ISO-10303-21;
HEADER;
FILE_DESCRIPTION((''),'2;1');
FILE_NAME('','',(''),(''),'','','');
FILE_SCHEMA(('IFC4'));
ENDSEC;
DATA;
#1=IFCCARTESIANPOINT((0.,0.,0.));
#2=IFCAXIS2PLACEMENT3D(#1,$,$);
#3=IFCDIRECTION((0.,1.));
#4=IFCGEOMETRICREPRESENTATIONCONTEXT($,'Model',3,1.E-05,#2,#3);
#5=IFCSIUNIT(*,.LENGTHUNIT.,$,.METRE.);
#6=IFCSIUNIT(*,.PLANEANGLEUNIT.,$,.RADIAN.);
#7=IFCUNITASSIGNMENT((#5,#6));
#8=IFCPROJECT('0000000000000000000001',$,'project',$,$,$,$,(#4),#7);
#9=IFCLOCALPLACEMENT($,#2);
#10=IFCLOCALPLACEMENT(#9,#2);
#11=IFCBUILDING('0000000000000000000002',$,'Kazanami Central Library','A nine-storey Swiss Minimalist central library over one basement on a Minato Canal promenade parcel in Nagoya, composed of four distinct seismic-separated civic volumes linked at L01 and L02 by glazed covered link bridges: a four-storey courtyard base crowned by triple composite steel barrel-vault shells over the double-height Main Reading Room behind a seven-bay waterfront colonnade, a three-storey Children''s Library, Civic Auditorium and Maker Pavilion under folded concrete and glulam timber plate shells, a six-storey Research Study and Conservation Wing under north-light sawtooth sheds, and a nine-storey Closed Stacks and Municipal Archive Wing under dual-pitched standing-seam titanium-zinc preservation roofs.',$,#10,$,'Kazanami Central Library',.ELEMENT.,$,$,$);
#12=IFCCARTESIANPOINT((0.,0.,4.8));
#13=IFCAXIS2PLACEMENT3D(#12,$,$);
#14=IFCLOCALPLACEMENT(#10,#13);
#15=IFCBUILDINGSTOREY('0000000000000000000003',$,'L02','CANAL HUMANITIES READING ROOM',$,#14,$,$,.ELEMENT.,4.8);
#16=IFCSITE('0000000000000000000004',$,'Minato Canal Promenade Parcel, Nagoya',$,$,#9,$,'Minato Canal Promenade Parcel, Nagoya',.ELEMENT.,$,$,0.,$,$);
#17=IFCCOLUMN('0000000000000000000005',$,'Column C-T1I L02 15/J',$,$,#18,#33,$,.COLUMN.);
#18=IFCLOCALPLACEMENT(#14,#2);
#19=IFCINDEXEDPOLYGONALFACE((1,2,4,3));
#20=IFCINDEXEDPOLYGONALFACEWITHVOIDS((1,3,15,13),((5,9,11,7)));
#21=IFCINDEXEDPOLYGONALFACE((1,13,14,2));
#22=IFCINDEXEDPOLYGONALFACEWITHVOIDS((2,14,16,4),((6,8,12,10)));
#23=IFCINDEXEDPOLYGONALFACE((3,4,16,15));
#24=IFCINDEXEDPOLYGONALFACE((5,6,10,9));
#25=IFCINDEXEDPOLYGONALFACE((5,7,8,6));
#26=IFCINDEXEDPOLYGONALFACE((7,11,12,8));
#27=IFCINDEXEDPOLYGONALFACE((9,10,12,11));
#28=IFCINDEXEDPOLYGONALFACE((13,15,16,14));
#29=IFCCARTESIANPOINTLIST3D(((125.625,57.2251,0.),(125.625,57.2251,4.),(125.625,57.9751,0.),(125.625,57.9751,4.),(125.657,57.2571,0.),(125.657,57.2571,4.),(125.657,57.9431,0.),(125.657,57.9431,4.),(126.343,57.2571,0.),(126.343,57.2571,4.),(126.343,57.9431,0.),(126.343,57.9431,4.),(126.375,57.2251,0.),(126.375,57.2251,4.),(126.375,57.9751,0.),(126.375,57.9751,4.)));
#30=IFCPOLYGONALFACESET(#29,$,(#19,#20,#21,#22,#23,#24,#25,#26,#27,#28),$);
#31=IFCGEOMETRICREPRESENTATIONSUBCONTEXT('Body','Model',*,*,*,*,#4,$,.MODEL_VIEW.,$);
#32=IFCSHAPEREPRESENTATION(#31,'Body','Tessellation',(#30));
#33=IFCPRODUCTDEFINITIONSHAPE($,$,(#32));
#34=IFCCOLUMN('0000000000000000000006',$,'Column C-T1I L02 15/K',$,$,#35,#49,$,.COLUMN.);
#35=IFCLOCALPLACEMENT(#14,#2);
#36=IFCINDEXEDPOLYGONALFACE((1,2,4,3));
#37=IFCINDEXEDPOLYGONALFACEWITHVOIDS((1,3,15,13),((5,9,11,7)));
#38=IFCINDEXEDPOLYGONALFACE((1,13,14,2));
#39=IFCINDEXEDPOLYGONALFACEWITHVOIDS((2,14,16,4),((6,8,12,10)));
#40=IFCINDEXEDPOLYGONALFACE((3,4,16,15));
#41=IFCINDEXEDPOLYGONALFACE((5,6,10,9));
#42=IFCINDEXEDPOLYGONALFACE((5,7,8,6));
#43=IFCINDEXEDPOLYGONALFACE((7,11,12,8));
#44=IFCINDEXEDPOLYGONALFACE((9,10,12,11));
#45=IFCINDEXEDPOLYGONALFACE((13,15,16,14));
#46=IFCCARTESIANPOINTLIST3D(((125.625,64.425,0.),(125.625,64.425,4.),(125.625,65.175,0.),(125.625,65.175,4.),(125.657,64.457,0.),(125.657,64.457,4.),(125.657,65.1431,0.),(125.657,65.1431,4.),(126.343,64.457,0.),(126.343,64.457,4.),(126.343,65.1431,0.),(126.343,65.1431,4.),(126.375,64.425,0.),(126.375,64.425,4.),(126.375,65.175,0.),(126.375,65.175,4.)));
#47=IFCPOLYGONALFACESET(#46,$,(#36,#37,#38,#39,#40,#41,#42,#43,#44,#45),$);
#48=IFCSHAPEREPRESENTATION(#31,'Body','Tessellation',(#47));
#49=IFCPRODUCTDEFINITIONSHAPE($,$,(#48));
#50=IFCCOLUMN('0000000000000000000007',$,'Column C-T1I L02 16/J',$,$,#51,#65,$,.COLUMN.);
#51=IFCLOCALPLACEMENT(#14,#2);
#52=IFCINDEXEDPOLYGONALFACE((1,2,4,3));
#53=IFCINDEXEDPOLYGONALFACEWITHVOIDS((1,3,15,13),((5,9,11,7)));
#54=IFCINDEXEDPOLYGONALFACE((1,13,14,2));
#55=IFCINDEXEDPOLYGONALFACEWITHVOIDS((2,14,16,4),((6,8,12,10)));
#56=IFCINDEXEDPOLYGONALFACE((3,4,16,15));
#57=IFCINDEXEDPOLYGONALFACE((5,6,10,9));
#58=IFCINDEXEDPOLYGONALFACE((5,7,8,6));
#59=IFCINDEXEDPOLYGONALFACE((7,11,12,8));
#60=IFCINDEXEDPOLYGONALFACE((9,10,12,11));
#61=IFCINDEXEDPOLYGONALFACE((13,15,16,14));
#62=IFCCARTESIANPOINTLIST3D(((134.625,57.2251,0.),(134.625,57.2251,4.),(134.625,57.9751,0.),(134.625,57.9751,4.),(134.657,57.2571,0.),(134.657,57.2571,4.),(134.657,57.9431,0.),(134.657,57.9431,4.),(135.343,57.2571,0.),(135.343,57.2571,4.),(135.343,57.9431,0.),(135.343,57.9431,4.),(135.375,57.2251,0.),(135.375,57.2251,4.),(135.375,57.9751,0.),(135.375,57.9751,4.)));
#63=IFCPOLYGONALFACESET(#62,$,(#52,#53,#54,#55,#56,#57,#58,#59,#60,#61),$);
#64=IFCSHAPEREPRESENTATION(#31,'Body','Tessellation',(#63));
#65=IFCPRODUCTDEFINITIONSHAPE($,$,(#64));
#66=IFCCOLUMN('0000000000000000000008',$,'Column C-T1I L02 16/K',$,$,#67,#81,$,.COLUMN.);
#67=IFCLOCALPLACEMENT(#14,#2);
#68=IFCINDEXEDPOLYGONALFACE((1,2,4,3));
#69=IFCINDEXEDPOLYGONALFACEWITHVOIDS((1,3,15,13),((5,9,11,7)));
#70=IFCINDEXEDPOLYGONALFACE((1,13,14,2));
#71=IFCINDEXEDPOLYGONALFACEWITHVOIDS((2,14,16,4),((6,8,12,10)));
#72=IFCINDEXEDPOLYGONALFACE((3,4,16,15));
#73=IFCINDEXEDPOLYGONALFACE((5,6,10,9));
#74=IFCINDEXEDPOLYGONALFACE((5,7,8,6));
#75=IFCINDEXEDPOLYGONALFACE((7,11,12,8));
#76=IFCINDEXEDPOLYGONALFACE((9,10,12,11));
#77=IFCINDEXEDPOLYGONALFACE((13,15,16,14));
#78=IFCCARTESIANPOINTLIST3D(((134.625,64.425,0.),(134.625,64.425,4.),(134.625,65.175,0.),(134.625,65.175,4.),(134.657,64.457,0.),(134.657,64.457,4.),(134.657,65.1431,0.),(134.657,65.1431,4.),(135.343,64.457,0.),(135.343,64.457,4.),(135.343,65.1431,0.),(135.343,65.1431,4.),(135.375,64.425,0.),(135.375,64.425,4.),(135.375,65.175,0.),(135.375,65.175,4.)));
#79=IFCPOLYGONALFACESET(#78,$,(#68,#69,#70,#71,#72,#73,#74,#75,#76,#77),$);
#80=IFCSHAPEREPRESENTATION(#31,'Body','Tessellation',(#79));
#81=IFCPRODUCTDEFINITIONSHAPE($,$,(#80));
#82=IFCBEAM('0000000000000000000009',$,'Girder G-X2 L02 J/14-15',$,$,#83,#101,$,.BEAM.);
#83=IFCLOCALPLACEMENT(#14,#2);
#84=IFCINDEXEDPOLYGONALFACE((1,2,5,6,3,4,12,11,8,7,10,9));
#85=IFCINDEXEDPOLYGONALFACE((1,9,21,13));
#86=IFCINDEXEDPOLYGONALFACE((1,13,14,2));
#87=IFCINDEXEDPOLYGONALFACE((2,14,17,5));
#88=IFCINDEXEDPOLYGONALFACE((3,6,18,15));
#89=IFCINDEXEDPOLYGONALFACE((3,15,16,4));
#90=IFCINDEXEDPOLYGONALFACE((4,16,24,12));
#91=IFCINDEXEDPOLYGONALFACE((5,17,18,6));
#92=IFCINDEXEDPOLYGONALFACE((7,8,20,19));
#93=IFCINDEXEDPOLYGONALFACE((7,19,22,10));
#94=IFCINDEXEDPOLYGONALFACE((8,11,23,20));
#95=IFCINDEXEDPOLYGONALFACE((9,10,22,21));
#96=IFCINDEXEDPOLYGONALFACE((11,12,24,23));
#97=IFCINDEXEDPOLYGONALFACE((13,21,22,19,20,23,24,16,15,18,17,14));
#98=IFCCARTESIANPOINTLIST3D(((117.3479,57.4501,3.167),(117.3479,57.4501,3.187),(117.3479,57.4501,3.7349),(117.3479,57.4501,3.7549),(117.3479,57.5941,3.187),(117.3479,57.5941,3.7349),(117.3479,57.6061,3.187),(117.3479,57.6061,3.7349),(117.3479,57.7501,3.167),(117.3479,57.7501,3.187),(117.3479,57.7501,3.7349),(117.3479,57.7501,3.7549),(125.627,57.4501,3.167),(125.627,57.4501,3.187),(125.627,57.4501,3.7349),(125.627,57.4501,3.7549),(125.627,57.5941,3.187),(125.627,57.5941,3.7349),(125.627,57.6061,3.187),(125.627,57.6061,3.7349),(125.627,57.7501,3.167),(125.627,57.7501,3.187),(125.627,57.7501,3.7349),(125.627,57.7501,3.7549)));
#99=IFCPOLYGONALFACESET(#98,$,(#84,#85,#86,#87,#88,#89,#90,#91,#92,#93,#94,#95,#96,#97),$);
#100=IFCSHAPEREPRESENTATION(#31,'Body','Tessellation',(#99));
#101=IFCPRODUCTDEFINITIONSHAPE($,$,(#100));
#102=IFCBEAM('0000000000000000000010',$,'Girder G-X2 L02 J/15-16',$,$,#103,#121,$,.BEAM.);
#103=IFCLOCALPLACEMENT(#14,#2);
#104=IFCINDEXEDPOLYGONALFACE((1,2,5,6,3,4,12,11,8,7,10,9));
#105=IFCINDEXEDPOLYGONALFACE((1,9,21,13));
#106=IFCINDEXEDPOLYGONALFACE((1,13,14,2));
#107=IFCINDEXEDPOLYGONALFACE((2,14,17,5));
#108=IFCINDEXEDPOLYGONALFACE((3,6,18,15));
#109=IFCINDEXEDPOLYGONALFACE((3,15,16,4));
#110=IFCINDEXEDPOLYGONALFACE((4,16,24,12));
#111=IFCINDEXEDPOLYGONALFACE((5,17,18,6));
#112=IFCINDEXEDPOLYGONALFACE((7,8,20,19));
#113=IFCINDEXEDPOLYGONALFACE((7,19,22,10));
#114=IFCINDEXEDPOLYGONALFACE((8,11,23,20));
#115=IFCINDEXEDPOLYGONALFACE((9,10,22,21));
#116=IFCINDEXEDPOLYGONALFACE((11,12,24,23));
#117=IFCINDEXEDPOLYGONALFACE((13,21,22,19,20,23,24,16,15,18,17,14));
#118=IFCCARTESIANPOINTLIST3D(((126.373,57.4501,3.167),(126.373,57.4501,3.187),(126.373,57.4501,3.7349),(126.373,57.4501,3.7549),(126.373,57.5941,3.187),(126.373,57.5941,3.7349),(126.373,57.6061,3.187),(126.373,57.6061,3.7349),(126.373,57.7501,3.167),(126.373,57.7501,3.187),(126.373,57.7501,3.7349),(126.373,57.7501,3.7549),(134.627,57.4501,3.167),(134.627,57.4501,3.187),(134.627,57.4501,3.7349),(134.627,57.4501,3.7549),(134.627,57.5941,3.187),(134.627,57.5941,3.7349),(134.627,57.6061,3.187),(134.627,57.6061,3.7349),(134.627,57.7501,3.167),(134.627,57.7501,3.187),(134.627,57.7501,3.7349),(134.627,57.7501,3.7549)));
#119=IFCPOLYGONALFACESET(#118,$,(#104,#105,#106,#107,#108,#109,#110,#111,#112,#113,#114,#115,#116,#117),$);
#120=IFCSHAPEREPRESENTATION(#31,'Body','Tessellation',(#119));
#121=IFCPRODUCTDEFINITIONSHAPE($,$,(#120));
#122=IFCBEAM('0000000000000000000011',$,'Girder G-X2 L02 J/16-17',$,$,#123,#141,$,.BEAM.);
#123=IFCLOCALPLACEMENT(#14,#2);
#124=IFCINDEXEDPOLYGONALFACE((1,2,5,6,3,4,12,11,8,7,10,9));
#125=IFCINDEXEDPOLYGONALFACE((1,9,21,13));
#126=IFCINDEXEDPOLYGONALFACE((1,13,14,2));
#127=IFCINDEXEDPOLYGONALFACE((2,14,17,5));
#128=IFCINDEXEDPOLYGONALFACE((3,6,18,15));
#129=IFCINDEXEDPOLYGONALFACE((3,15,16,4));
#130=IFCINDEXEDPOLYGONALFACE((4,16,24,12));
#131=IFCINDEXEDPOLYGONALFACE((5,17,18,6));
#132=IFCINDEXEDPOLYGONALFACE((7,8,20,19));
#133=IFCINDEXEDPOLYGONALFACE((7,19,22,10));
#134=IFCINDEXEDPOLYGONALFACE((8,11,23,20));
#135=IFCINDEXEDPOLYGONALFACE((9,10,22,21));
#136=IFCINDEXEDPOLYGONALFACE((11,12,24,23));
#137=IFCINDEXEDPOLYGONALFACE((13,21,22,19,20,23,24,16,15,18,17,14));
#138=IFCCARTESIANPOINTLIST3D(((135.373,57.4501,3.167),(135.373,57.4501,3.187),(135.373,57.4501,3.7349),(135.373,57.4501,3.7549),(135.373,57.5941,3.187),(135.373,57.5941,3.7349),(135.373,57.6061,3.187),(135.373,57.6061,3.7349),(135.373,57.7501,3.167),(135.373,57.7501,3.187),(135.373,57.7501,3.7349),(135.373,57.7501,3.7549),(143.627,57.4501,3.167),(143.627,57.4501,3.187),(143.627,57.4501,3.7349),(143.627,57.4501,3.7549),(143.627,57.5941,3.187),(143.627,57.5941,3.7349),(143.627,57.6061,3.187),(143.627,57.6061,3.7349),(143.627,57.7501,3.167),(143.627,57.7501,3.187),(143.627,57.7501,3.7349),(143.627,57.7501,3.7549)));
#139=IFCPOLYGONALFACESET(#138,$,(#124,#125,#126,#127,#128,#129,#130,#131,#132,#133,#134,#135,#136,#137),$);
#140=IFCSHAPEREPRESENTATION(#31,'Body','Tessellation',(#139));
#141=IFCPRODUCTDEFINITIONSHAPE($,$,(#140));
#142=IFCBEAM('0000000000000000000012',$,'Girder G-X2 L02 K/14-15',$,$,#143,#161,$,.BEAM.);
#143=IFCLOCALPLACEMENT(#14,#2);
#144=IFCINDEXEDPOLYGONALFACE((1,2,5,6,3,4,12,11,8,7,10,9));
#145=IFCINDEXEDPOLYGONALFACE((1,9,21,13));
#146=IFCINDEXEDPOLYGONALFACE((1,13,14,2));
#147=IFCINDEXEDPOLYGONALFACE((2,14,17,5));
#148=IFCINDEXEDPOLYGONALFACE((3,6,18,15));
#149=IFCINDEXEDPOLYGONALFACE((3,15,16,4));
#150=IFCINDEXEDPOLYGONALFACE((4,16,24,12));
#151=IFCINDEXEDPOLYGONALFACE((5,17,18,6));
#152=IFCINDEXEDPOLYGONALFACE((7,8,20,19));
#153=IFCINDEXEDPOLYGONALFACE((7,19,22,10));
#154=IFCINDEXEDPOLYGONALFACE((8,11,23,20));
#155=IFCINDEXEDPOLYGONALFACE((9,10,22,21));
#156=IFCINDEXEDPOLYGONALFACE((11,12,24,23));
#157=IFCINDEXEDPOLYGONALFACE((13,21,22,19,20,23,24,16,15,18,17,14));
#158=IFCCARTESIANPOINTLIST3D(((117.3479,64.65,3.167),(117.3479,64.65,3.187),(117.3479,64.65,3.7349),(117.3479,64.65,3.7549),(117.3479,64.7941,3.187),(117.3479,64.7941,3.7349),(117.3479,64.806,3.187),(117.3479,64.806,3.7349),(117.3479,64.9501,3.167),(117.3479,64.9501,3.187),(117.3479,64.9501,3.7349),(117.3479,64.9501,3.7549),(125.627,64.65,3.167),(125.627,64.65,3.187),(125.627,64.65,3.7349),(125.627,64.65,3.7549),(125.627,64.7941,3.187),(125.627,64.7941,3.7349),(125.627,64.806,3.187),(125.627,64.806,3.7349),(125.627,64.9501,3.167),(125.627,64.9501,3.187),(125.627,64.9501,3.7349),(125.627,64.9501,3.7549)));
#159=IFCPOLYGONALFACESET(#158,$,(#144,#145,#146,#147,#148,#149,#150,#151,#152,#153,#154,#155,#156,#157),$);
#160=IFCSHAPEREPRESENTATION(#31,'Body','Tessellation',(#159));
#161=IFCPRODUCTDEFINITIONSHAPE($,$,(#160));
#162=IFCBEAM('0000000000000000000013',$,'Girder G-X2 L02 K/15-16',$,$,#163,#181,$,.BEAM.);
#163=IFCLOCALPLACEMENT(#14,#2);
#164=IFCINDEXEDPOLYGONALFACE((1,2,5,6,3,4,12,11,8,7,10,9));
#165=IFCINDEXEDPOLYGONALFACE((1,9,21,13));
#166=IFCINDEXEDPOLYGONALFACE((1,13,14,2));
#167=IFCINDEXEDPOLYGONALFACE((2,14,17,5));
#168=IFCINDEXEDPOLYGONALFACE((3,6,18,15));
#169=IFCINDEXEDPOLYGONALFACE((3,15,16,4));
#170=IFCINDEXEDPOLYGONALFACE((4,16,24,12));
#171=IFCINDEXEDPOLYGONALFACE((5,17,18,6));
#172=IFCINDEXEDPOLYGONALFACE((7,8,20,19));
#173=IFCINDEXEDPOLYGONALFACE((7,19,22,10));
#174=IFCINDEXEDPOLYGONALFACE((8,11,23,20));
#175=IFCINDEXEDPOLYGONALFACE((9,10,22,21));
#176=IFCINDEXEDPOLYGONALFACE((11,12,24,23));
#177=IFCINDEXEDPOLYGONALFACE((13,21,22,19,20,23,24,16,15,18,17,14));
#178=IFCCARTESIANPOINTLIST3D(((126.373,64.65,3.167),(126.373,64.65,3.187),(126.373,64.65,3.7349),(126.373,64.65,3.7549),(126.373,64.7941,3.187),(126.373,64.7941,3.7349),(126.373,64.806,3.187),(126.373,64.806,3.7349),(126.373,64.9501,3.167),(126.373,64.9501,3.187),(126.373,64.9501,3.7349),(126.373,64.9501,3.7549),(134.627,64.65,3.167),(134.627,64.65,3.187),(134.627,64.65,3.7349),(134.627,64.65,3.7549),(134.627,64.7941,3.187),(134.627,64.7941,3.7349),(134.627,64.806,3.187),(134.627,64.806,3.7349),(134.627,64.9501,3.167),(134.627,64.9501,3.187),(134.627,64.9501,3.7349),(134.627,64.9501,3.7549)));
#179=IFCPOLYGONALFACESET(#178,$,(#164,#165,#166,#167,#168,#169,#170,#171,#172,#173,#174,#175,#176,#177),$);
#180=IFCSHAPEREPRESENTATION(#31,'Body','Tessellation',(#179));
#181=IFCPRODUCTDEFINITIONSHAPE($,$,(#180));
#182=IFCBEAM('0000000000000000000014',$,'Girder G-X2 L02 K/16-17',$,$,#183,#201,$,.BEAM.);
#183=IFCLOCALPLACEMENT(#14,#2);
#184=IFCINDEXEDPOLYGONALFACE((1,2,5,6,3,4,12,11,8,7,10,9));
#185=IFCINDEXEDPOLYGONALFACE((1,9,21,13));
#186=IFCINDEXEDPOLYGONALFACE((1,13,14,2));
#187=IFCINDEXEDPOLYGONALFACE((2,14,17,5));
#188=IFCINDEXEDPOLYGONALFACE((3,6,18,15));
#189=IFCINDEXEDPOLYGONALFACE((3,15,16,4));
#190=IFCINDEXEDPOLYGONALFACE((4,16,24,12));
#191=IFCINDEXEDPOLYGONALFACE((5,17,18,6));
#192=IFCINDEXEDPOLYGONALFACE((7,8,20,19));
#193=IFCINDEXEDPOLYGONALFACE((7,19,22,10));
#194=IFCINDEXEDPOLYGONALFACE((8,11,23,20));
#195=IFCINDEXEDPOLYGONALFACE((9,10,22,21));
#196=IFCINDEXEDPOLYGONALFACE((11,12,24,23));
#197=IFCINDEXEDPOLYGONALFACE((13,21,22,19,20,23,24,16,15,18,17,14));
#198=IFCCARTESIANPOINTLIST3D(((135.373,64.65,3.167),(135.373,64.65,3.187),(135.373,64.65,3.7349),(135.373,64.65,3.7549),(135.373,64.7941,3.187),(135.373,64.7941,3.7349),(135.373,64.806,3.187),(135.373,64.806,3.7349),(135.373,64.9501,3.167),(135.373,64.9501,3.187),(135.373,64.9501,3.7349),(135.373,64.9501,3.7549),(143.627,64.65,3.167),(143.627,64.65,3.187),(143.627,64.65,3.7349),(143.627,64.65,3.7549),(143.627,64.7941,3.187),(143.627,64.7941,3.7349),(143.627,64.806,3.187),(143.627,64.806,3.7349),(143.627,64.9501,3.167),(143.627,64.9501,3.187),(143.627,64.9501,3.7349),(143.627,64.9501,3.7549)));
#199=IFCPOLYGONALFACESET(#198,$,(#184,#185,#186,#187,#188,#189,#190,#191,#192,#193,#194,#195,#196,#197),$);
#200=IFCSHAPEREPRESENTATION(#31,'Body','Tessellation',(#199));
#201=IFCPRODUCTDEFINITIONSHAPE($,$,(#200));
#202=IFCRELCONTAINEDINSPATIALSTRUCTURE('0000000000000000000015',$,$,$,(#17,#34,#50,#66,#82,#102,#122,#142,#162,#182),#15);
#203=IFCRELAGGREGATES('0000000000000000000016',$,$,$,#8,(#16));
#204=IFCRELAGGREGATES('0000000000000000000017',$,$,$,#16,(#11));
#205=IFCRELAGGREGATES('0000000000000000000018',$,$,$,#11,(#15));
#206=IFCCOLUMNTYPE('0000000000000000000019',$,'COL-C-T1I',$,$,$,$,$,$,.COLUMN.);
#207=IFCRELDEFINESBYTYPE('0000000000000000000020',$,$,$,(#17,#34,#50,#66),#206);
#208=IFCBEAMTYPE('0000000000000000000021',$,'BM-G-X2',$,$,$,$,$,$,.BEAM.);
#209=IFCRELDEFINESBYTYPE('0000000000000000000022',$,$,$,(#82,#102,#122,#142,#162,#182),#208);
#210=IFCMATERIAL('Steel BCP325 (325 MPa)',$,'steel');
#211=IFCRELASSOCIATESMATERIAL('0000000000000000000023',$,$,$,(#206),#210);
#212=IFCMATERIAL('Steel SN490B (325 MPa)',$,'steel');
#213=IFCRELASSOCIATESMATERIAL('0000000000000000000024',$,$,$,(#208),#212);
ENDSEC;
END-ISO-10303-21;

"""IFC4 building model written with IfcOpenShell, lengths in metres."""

from ifc_helpers import new_model, si_unit, direction, frame, origin, origin_2d, place, context, subcontext, project, spatial, hollow_rectangle, i_section, extrude, material, material_profile, profile_set, type_object, element, save


model = new_model("IFC4")

# Units and contexts
model_context = context("Model", 3, precision=1e-05, world=origin(), true_north=direction((0.0, 1.0)))
body_context = subcontext(model_context, "Body", "Model", "MODEL_VIEW")
ifc_project = project(units=[si_unit("LENGTHUNIT", "METRE"), si_unit("PLANEANGLEUNIT", "RADIAN")], contexts=[model_context])

# Site, building, storey
site_placement = place(None, origin())
site = spatial("IfcSite", under=ifc_project, at=site_placement, Name="Minato Canal Promenade Parcel, Nagoya", LongName="Minato Canal Promenade Parcel, Nagoya", CompositionType="ELEMENT", RefElevation=0.0)
building_placement = place(site_placement, origin())
building = spatial("IfcBuilding", under=site, at=building_placement, Name="Kazanami Central Library", Description="A nine-storey Swiss Minimalist central library over one basement on a Minato Canal promenade parcel in Nagoya, composed of four distinct seismic-separated civic volumes linked at L01 and L02 by glazed covered link bridges: a four-storey courtyard base crowned by triple composite steel barrel-vault shells over the double-height Main Reading Room behind a seven-bay waterfront colonnade, a three-storey Children's Library, Civic Auditorium and Maker Pavilion under folded concrete and glulam timber plate shells, a six-storey Research Study and Conservation Wing under north-light sawtooth sheds, and a nine-storey Closed Stacks and Municipal Archive Wing under dual-pitched standing-seam titanium-zinc preservation roofs.", LongName="Kazanami Central Library", CompositionType="ELEMENT")
storey_placement = place(building_placement, frame((0.0, 0.0, 4.8)))
storey = spatial("IfcBuildingStorey", under=building, at=storey_placement, Name="L02", Description="CANAL HUMANITIES READING ROOM", CompositionType="ELEMENT", Elevation=4.8)

# Columns
ifc_material_1 = material(Name="Steel BCP325 (325 MPa)", Category="steel")
ifc_material_profile_1 = material_profile(ifc_material_1, hollow_rectangle(XDim=0.75, YDim=0.75, WallThickness=0.032, at=origin_2d()), Name="BCP-750x750x32")
ifc_profile_set_1 = profile_set([ifc_material_profile_1], Name="Steel BCP325 (325 MPa)")
column_type = type_object("IfcColumnType", Name="COL-C-T1I", PredefinedType="COLUMN", material=ifc_profile_set_1)
for number, where, z_axis, x_axis, name in (
    (1, (126.0, 57.6001, 0.0), (0.0, 0.0, 1.0), (1.0, 0.0, 0.0), "Column C-T1I L02 15/J"),
    (2, (126.0, 64.8, 0.0), (0.0, 0.0, 1.0), (1.0, 0.0, 0.0), "Column C-T1I L02 15/K"),
    (3, (135.0, 57.6001, 0.0), (0.0, 0.0, 1.0), (1.0, 0.0, 0.0), "Column C-T1I L02 16/J"),
    (4, (135.0, 64.8, 0.0), (0.0, 0.0, 1.0), (1.0, 0.0, 0.0), "Column C-T1I L02 16/K"),
):
    element("IfcColumn", number, at=place(storey_placement, frame(where, z_axis=z_axis, x_axis=x_axis)), inside=storey, type_object=column_type, Name=name, PredefinedType="COLUMN", context=body_context, shape_type="SweptSolid", body=[
        extrude(hollow_rectangle(XDim=0.75, YDim=0.75, WallThickness=0.032, at=origin_2d()), origin(), (0.0, 0.0, 1.0), 4.0),
    ])

# Beams
ifc_material_2 = material(Name="Steel SN490B (325 MPa)", Category="steel")
ifc_material_profile_2 = material_profile(ifc_material_2, i_section(OverallWidth=0.3, OverallDepth=0.5879, WebThickness=0.012, FlangeThickness=0.02, at=origin_2d()), Name="H-588x300x12x20")
ifc_profile_set_2 = profile_set([ifc_material_profile_2], Name="Steel SN490B (325 MPa)")
beam_type_1 = type_object("IfcBeamType", Name="BM-G-X2", PredefinedType="BEAM", material=ifc_profile_set_2)
beam_1_placement = place(storey_placement, frame((117.3479, 57.6001, 3.4609), z_axis=(1.0, 0.0, 0.0), x_axis=(0.0, 1.0, 0.0)))
element("IfcBeam", 5, at=beam_1_placement, inside=storey, type_object=beam_type_1, Name="Girder G-X2 L02 J/14-15", PredefinedType="BEAM", context=body_context, shape_type="SweptSolid", body=[
    extrude(i_section(OverallWidth=0.3, OverallDepth=0.5879, WebThickness=0.012, FlangeThickness=0.02, at=origin_2d()), origin(), (0.0, 0.0, 1.0), 8.2791),
])
for number, where, z_axis, x_axis, name in (
    (6, (126.373, 57.6001, 3.4609), (1.0, 0.0, 0.0), (0.0, 1.0, 0.0), "Girder G-X2 L02 J/15-16"),
    (7, (135.373, 57.6001, 3.4609), (1.0, 0.0, 0.0), (0.0, 1.0, 0.0), "Girder G-X2 L02 J/16-17"),
):
    element("IfcBeam", number, at=place(storey_placement, frame(where, z_axis=z_axis, x_axis=x_axis)), inside=storey, type_object=beam_type_1, Name=name, PredefinedType="BEAM", context=body_context, shape_type="SweptSolid", body=[
        extrude(i_section(OverallWidth=0.3, OverallDepth=0.5879, WebThickness=0.012, FlangeThickness=0.02, at=origin_2d()), origin(), (0.0, 0.0, 1.0), 8.2539),
    ])
beam_2_placement = place(storey_placement, frame((117.3479, 64.8, 3.4609), z_axis=(1.0, 0.0, 0.0), x_axis=(0.0, 1.0, 0.0)))
element("IfcBeam", 8, at=beam_2_placement, inside=storey, type_object=beam_type_1, Name="Girder G-X2 L02 K/14-15", PredefinedType="BEAM", context=body_context, shape_type="SweptSolid", body=[
    extrude(i_section(OverallWidth=0.3, OverallDepth=0.5879, WebThickness=0.012, FlangeThickness=0.02, at=origin_2d()), origin(), (0.0, 0.0, 1.0), 8.2791),
])
for number, where, z_axis, x_axis, name in (
    (9, (126.373, 64.8, 3.4609), (1.0, 0.0, 0.0), (0.0, 1.0, 0.0), "Girder G-X2 L02 K/15-16"),
    (10, (135.373, 64.8, 3.4609), (1.0, 0.0, 0.0), (0.0, 1.0, 0.0), "Girder G-X2 L02 K/16-17"),
):
    element("IfcBeam", number, at=place(storey_placement, frame(where, z_axis=z_axis, x_axis=x_axis)), inside=storey, type_object=beam_type_1, Name=name, PredefinedType="BEAM", context=body_context, shape_type="SweptSolid", body=[
        extrude(i_section(OverallWidth=0.3, OverallDepth=0.5879, WebThickness=0.012, FlangeThickness=0.02, at=origin_2d()), origin(), (0.0, 0.0, 1.0), 8.2539),
    ])

save(model, "model.ifc")
